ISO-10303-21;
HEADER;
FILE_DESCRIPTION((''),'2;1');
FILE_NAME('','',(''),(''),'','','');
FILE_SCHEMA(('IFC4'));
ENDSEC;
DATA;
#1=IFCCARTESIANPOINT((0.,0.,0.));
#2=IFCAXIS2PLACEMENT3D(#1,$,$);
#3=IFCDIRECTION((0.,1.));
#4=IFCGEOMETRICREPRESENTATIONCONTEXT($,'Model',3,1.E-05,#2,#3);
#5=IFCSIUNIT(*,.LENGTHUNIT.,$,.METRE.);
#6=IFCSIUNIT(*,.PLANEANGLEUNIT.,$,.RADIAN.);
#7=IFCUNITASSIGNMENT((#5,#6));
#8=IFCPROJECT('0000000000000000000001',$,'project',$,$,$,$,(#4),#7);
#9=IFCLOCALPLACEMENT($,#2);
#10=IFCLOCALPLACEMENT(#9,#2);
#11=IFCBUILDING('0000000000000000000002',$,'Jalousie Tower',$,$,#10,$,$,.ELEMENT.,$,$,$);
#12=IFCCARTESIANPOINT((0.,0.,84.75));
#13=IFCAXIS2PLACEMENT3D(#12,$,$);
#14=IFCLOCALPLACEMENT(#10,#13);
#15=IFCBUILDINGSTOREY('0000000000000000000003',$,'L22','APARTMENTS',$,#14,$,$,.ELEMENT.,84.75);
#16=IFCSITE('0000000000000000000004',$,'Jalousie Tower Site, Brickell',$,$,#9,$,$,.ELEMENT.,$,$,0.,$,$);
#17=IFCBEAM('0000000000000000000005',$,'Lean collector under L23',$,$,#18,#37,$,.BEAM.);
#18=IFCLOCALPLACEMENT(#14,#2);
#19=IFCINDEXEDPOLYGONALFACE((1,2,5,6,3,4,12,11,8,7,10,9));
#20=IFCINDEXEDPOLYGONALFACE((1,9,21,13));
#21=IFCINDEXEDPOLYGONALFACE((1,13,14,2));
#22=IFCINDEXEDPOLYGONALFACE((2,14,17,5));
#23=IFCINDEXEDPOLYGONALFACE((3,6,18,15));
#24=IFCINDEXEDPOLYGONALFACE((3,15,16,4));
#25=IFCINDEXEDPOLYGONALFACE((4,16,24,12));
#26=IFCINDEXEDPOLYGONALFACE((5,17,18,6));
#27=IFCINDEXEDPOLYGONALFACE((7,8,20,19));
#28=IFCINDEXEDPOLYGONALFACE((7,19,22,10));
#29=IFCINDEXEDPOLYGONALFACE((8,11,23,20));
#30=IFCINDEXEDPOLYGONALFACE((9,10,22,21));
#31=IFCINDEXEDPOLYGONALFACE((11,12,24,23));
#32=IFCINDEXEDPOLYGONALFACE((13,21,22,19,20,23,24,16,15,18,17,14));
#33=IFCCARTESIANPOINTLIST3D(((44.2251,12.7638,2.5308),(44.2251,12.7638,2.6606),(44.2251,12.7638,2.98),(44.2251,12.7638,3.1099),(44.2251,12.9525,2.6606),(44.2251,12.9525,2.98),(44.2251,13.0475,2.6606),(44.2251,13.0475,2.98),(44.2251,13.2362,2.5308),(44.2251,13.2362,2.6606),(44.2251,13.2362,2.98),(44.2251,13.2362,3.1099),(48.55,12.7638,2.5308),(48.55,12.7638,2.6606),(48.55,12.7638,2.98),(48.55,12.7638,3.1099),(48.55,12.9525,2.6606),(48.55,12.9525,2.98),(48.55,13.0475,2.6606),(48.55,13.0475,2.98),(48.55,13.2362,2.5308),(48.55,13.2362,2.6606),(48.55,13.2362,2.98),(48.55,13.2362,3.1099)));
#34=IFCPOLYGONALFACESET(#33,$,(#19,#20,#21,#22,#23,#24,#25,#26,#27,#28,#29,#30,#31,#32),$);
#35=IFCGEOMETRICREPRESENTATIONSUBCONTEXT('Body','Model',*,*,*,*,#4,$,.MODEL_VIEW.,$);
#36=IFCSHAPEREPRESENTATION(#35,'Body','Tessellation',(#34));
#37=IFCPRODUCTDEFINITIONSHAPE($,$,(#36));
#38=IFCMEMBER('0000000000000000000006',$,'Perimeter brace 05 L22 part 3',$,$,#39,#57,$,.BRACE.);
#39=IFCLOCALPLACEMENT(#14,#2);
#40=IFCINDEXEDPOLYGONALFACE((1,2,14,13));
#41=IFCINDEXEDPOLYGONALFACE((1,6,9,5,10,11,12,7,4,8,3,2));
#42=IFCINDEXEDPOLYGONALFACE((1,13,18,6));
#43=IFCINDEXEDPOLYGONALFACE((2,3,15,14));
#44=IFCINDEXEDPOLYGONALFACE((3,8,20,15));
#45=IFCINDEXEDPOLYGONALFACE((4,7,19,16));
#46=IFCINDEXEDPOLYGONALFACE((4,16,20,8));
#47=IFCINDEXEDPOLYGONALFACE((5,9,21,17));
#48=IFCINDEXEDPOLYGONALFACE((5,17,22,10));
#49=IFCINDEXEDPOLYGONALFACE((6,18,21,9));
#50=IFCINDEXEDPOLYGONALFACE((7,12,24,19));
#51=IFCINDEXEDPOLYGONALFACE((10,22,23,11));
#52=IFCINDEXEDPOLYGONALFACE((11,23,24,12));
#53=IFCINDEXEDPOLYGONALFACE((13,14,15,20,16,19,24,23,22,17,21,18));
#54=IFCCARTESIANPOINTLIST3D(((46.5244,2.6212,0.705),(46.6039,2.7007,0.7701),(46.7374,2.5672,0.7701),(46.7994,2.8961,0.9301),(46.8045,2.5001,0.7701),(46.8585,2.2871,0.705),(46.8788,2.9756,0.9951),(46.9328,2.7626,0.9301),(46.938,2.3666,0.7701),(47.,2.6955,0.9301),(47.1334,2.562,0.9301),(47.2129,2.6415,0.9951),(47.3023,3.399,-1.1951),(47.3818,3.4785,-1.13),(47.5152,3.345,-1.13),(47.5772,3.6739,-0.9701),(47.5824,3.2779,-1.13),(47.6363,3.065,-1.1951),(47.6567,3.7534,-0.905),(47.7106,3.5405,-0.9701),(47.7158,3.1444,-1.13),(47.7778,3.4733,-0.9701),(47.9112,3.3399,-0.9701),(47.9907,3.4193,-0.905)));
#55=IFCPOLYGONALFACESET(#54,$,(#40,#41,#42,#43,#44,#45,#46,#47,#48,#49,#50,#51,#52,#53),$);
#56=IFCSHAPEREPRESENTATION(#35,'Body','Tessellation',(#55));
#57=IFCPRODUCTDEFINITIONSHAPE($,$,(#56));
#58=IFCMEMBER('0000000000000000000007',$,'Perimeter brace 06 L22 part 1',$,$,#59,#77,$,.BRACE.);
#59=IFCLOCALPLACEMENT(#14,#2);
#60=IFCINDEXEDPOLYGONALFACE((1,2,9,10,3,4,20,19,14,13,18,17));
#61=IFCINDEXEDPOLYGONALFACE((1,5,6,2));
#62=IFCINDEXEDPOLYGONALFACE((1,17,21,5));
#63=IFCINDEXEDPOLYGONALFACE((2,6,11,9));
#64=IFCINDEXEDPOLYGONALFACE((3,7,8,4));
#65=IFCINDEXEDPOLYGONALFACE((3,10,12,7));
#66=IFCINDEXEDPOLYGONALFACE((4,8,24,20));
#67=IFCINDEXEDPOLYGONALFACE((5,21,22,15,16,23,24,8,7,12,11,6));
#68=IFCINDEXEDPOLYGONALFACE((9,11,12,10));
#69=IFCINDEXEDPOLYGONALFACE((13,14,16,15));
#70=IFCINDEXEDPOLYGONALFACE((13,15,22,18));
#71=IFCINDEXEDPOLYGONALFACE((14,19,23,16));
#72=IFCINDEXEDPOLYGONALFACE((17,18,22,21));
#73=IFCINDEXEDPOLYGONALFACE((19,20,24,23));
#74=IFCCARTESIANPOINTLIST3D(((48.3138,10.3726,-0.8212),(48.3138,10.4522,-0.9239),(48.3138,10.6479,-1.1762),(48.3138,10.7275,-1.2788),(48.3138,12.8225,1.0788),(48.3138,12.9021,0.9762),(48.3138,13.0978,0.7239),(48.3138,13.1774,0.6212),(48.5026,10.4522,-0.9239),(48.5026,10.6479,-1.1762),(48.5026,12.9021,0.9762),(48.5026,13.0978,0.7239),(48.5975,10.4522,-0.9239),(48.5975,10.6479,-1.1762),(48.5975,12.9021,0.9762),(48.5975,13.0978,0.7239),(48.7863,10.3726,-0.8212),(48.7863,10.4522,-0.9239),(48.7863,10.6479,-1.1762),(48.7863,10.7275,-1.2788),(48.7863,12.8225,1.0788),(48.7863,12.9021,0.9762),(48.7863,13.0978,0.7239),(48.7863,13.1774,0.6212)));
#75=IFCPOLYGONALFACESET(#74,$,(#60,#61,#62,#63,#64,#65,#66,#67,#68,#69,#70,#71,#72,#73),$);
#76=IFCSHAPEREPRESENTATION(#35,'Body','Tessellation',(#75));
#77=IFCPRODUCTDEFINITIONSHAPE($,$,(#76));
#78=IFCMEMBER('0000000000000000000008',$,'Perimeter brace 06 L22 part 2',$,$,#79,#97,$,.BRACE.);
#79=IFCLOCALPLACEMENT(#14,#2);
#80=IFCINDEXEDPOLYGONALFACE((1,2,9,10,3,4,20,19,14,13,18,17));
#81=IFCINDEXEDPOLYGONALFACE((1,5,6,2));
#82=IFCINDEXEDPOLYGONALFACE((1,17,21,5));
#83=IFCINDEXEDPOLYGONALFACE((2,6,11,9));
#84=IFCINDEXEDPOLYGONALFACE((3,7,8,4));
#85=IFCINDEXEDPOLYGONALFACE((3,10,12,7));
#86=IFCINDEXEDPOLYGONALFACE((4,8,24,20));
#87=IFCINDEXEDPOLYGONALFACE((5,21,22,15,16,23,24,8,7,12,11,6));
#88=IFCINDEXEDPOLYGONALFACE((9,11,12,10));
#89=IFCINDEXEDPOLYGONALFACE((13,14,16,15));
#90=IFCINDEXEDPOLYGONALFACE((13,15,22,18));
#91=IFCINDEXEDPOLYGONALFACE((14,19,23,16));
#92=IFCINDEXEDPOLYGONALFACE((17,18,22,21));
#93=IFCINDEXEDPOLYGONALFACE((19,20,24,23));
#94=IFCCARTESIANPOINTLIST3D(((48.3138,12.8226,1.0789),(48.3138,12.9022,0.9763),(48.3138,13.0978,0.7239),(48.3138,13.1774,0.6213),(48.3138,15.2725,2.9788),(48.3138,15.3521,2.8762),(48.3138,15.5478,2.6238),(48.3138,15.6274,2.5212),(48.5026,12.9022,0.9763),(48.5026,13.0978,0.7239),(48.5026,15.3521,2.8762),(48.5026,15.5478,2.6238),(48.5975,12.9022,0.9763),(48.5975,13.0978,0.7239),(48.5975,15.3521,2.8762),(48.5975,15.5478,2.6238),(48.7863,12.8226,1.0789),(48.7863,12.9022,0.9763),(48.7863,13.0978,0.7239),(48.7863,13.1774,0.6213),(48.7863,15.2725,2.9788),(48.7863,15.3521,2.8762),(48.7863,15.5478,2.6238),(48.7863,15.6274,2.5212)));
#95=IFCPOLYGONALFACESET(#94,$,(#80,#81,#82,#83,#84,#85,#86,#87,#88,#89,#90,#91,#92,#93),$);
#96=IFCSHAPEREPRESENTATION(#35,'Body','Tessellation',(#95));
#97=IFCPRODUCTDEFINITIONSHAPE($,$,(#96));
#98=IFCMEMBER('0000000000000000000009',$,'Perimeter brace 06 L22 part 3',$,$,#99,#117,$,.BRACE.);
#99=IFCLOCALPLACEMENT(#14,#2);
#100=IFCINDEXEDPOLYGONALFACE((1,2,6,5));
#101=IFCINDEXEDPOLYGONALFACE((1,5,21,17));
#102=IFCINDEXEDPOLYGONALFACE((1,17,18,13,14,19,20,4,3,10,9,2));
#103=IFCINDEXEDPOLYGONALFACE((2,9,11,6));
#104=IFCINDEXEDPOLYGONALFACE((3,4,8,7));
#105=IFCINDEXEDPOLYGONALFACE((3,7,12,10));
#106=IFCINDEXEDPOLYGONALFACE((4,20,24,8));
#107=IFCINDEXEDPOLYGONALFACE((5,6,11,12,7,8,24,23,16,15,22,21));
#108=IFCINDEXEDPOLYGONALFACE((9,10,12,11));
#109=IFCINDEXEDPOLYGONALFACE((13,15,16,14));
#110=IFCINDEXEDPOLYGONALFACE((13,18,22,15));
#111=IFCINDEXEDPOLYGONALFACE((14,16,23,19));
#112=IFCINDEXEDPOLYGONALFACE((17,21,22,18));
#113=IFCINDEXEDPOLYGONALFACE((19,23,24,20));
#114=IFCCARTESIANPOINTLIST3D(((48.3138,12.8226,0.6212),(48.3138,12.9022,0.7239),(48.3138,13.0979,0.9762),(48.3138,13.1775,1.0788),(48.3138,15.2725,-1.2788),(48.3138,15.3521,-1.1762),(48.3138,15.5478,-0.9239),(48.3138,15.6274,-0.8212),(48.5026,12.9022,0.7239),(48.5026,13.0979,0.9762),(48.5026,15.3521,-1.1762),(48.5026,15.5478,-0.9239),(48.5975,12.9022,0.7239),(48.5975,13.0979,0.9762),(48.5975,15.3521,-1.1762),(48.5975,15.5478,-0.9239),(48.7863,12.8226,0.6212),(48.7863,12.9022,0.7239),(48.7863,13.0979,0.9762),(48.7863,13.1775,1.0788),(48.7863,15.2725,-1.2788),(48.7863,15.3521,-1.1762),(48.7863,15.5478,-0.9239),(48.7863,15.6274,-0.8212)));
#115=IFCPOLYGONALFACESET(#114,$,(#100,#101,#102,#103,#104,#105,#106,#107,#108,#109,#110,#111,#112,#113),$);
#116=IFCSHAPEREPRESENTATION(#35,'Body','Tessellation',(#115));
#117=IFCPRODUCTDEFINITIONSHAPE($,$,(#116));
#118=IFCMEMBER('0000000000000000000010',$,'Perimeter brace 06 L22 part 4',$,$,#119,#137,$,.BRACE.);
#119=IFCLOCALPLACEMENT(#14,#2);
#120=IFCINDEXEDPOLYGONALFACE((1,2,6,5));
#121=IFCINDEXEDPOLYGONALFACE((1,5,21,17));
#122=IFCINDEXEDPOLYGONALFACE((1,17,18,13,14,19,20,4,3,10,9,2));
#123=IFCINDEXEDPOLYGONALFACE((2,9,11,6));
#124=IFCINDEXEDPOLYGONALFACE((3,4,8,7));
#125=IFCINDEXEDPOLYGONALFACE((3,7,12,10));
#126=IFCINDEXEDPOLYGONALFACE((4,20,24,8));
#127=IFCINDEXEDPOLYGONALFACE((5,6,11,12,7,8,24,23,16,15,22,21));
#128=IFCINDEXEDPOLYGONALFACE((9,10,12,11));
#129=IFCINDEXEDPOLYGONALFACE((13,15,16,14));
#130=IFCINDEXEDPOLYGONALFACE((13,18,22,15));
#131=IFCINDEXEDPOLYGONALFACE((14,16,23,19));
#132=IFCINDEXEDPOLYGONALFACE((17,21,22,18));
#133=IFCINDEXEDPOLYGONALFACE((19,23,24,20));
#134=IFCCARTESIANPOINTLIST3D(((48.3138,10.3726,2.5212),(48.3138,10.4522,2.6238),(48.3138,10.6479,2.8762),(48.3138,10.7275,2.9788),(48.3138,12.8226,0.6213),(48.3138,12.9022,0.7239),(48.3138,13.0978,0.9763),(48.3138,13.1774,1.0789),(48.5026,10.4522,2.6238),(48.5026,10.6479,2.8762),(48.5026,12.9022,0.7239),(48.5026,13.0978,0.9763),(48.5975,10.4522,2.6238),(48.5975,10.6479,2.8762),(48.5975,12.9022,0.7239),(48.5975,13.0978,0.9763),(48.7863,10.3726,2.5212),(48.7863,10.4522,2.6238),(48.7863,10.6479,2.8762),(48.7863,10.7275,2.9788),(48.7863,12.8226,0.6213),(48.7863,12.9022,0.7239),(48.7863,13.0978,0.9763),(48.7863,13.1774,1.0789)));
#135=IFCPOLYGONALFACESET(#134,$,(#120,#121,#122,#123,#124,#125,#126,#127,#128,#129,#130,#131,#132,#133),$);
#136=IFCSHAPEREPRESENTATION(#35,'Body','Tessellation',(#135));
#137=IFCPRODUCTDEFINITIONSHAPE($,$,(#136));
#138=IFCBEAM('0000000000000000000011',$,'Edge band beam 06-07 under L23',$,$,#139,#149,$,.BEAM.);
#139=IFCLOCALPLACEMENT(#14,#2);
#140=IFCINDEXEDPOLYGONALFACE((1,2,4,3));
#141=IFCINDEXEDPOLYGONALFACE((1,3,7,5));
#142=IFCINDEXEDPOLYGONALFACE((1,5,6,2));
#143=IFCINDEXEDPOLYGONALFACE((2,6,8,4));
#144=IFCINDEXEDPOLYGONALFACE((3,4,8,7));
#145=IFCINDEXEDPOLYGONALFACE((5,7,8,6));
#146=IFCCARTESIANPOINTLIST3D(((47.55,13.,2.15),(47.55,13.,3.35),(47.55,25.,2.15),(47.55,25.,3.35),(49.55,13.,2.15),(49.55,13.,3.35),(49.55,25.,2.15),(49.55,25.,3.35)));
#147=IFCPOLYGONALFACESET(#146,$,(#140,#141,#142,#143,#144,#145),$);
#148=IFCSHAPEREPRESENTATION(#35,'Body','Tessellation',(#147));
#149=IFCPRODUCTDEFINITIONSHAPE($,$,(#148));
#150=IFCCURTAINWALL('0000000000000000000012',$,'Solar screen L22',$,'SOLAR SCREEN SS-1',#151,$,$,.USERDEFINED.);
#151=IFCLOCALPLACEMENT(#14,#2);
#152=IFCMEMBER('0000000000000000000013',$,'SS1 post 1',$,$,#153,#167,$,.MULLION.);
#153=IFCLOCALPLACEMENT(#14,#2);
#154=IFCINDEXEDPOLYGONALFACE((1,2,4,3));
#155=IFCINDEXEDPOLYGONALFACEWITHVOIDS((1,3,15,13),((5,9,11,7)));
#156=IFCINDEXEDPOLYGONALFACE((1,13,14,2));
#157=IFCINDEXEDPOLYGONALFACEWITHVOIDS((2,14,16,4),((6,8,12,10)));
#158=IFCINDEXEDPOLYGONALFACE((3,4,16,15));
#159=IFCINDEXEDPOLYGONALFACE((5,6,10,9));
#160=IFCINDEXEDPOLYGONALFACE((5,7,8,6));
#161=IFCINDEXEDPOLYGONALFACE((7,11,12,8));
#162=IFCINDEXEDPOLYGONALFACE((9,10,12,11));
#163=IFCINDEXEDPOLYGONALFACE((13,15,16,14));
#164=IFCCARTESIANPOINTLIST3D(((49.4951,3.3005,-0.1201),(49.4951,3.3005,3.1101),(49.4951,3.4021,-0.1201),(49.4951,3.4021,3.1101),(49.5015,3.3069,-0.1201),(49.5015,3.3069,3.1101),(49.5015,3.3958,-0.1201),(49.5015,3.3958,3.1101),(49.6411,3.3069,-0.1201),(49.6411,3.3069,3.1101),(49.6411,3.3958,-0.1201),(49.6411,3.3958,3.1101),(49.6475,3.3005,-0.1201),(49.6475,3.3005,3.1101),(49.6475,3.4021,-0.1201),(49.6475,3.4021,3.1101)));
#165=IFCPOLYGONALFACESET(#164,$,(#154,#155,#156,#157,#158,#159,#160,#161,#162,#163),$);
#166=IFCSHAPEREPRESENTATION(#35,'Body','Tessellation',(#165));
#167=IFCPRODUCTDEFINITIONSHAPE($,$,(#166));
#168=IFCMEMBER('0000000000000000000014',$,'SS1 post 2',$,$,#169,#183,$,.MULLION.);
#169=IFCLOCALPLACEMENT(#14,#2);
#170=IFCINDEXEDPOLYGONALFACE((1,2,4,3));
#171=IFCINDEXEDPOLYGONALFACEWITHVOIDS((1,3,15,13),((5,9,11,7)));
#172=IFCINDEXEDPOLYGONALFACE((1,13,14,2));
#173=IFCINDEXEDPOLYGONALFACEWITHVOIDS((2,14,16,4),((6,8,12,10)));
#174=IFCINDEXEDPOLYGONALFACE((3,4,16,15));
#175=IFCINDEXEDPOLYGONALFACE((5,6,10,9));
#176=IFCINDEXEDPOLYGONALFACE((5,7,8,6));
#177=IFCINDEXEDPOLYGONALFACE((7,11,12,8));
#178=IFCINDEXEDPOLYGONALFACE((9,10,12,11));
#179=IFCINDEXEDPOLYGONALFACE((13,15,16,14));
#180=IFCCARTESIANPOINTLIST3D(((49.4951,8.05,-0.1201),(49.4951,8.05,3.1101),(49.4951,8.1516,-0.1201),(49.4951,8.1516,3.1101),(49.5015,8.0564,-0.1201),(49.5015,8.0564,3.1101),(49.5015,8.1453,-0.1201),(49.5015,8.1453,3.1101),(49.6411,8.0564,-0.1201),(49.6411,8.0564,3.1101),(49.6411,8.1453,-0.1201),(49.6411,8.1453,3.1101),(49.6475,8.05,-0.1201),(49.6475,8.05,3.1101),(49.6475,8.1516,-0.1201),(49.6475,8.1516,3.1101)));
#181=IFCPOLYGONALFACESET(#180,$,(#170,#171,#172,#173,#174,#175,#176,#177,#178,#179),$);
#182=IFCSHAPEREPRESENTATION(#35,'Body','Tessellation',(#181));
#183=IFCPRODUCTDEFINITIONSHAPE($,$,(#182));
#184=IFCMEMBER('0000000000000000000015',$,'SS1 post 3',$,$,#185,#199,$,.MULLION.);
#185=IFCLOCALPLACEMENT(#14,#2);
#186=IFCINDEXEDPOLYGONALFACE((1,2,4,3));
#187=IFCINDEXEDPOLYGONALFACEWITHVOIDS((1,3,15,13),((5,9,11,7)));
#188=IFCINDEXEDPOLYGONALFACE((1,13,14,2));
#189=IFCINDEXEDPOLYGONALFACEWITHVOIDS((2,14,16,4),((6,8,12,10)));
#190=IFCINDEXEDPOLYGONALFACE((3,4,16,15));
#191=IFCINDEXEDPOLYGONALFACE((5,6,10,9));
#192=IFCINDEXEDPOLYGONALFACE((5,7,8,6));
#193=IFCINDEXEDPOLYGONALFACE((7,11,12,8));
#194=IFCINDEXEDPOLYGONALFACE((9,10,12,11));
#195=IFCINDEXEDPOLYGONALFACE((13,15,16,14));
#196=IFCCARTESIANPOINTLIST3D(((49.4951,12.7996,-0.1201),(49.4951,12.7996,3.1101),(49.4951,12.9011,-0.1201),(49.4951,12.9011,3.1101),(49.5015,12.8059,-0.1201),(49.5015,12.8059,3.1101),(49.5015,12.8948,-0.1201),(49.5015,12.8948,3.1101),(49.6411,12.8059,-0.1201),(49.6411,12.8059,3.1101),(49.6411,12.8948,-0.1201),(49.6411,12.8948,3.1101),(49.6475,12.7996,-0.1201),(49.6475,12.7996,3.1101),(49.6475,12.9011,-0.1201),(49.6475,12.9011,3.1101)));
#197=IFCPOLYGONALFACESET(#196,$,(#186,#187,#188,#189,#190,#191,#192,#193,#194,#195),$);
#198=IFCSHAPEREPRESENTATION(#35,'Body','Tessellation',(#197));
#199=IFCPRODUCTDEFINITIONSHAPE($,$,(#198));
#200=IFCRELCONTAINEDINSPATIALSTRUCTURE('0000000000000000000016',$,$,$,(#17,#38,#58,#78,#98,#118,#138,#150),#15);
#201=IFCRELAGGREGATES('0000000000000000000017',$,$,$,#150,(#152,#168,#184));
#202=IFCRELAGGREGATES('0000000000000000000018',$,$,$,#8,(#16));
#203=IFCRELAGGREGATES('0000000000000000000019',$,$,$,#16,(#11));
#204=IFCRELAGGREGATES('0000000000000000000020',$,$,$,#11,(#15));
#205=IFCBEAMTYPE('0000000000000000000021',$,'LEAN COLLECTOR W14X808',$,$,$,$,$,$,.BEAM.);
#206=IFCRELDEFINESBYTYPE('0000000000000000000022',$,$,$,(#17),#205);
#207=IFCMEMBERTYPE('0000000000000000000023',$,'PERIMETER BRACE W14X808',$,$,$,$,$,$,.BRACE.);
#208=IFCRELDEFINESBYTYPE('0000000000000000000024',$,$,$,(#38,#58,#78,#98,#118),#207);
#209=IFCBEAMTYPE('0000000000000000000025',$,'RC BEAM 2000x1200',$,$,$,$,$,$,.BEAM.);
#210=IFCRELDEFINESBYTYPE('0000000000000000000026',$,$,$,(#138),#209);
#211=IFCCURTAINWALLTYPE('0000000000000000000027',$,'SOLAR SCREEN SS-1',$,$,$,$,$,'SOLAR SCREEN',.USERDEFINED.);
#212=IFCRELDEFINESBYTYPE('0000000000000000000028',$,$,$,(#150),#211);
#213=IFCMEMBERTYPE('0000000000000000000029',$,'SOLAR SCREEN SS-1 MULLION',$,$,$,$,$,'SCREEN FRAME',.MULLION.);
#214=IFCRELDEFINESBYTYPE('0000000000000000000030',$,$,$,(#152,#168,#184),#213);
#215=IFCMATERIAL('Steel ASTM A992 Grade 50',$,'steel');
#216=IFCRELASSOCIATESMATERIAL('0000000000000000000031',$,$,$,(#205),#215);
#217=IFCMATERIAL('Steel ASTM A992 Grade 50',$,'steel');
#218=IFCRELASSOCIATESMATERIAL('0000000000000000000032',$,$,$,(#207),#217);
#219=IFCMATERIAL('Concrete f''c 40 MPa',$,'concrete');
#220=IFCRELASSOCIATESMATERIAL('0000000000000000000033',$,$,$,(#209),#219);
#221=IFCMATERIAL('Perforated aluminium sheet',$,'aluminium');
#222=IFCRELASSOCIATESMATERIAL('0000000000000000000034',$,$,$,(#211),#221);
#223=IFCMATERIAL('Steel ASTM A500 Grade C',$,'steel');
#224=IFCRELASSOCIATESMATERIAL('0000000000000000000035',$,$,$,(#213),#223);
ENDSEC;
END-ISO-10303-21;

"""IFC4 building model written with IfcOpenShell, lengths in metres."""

from ifc_helpers import new_model, si_unit, direction, frame, origin, origin_2d, place, context, subcontext, project, spatial, rectangle, hollow_rectangle, i_section, extrude, material, material_profile, profile_set, type_object, element, aggregate, save


model = new_model("IFC4")

# Units and contexts
model_context = context("Model", 3, precision=1e-05, world=origin(), true_north=direction((0.0, 1.0)))
body_context = subcontext(model_context, "Body", "Model", "MODEL_VIEW")
ifc_project = project(units=[si_unit("LENGTHUNIT", "METRE"), si_unit("PLANEANGLEUNIT", "RADIAN")], contexts=[model_context])

# Site, building, storey
site_placement = place(None, origin())
site = spatial("IfcSite", under=ifc_project, at=site_placement, Name="Jalousie Tower Site, Brickell", CompositionType="ELEMENT", RefElevation=0.0)
building_placement = place(site_placement, origin())
building = spatial("IfcBuilding", under=site, at=building_placement, Name="Jalousie Tower", CompositionType="ELEMENT")
storey_placement = place(building_placement, frame((0.0, 0.0, 84.75)))
storey = spatial("IfcBuildingStorey", under=building, at=storey_placement, Name="L22", Description="APARTMENTS", CompositionType="ELEMENT", Elevation=84.75)

# Beam
ifc_material_1 = material(Name="Steel ASTM A992 Grade 50", Category="steel")
ifc_material_profile_1 = material_profile(ifc_material_1, i_section(OverallWidth=0.4724, OverallDepth=0.5791, WebThickness=0.095, FlangeThickness=0.1299, at=origin_2d()), Name="W14X808")
ifc_profile_set_1 = profile_set([ifc_material_profile_1], Name="Steel ASTM A992 Grade 50")
beam_type_1 = type_object("IfcBeamType", Name="LEAN COLLECTOR W14X808", PredefinedType="BEAM", material=ifc_profile_set_1)
beam_1_placement = place(storey_placement, frame((48.55, 13.0, 2.8203), z_axis=(-1.0, 0.0, 0.0), x_axis=(0.0, -1.0, 0.0)))
element("IfcBeam", 1, at=beam_1_placement, inside=storey, type_object=beam_type_1, Name="Lean collector under L23", PredefinedType="BEAM", context=body_context, shape_type="SweptSolid", body=[
    extrude(i_section(OverallWidth=0.4724, OverallDepth=0.5791, WebThickness=0.095, FlangeThickness=0.1299, at=origin_2d()), origin(), (0.0, 0.0, 1.0), 4.325),
])

# Members
ifc_material_2 = material(Name="Steel ASTM A992 Grade 50", Category="steel")
ifc_material_profile_2 = material_profile(ifc_material_2, i_section(OverallWidth=0.4724, OverallDepth=0.5791, WebThickness=0.095, FlangeThickness=0.1299, at=origin_2d()), Name="W14X808")
ifc_profile_set_2 = profile_set([ifc_material_profile_2], Name="Steel ASTM A992 Grade 50")
member_type_1 = type_object("IfcMemberType", Name="PERIMETER BRACE W14X808", PredefinedType="BRACE", material=ifc_profile_set_2)
member_1_placement = place(storey_placement, frame((47.6465, 3.4092, -1.05), z_axis=(-0.354271, -0.354271, 0.865439), x_axis=(0.707107, -0.707107, 0.0)))
element("IfcMember", 2, at=member_1_placement, inside=storey, type_object=member_type_1, Name="Perimeter brace 05 L22 part 3", PredefinedType="BRACE", context=body_context, shape_type="SweptSolid", body=[
    extrude(i_section(OverallWidth=0.4724, OverallDepth=0.5791, WebThickness=0.095, FlangeThickness=0.1299, at=origin_2d()), origin(), (0.0, 0.0, 1.0), 2.1956),
])
for number, where, z_axis, x_axis, name in (
    (3, (48.55, 10.55, -1.05), (0.0, 0.790191, 0.612861), (-1.0, 0.0, 0.0), "Perimeter brace 06 L22 part 1"),
    (4, (48.55, 13.0, 0.8501), (0.0, 0.790229, 0.612811), (-1.0, 0.0, 0.0), "Perimeter brace 06 L22 part 2"),
    (5, (48.55, 15.45, -1.05), (0.0, -0.790191, 0.612861), (1.0, 0.0, 0.0), "Perimeter brace 06 L22 part 3"),
    (6, (48.55, 13.0, 0.8501), (0.0, -0.790229, 0.612811), (1.0, 0.0, 0.0), "Perimeter brace 06 L22 part 4"),
):
    element("IfcMember", number, at=place(storey_placement, frame(where, z_axis=z_axis, x_axis=x_axis)), inside=storey, type_object=member_type_1, Name=name, PredefinedType="BRACE", context=body_context, shape_type="SweptSolid", body=[
        extrude(i_section(OverallWidth=0.4724, OverallDepth=0.5791, WebThickness=0.095, FlangeThickness=0.1299, at=origin_2d()), origin(), (0.0, 0.0, 1.0), 3.1003),
    ])

# Beam
ifc_material_3 = material(Name="Concrete f'c 40 MPa", Category="concrete")
ifc_material_profile_3 = material_profile(ifc_material_3, rectangle(XDim=2.0, YDim=1.2, at=origin_2d()), Name="RC 2000x1200")
ifc_profile_set_3 = profile_set([ifc_material_profile_3], Name="Concrete f'c 40 MPa")
beam_type_2 = type_object("IfcBeamType", Name="RC BEAM 2000x1200", PredefinedType="BEAM", material=ifc_profile_set_3)
beam_2_placement = place(storey_placement, frame((48.55, 13.0, 2.75), z_axis=(0.0, 1.0, 0.0), x_axis=(-1.0, 0.0, 0.0)))
element("IfcBeam", 7, at=beam_2_placement, inside=storey, type_object=beam_type_2, Name="Edge band beam 06-07 under L23", PredefinedType="BEAM", context=body_context, shape_type="SweptSolid", body=[
    extrude(rectangle(XDim=2.0, YDim=1.2, at=origin_2d()), origin(), (0.0, 0.0, 1.0), 12.0),
])

# Curtain wall, members
ifc_material_4 = material(Name="Perforated aluminium sheet", Category="aluminium")
curtain_wall_type = type_object("IfcCurtainWallType", Name="SOLAR SCREEN SS-1", ElementType="SOLAR SCREEN", PredefinedType="USERDEFINED", material=ifc_material_4)
curtain_wall_placement = place(storey_placement, origin())
curtain_wall = element("IfcCurtainWall", 8, at=curtain_wall_placement, inside=storey, type_object=curtain_wall_type, Name="Solar screen L22", ObjectType="SOLAR SCREEN SS-1", PredefinedType="USERDEFINED")
ifc_material_5 = material(Name="Steel ASTM A500 Grade C", Category="steel")
ifc_material_profile_4 = material_profile(ifc_material_5, hollow_rectangle(XDim=0.1016, YDim=0.1523, WallThickness=0.0063, at=origin_2d()), Name="HSS6X4X1/4")
ifc_profile_set_4 = profile_set([ifc_material_profile_4], Name="Steel ASTM A500 Grade C")
member_type_2 = type_object("IfcMemberType", Name="SOLAR SCREEN SS-1 MULLION", ElementType="SCREEN FRAME", PredefinedType="MULLION", material=ifc_profile_set_4)
member_2_placement = place(storey_placement, frame((49.5713, 3.3513, -0.1201), z_axis=(0.0, 0.0, 1.0), x_axis=(0.0, 1.0, 0.0)))
member_2 = element("IfcMember", 9, at=member_2_placement, type_object=member_type_2, Name="SS1 post 1", PredefinedType="MULLION", context=body_context, shape_type="SweptSolid", body=[
    extrude(hollow_rectangle(XDim=0.1016, YDim=0.1523, WallThickness=0.0063, at=origin_2d()), origin(), (0.0, 0.0, 1.0), 3.2302),
])
member_3_placement = place(storey_placement, frame((49.5713, 8.1008, -0.1201), z_axis=(0.0, 0.0, 1.0), x_axis=(0.0, 1.0, 0.0)))
member_3 = element("IfcMember", 10, at=member_3_placement, type_object=member_type_2, Name="SS1 post 2", PredefinedType="MULLION", context=body_context, shape_type="SweptSolid", body=[
    extrude(hollow_rectangle(XDim=0.1016, YDim=0.1523, WallThickness=0.0063, at=origin_2d()), origin(), (0.0, 0.0, 1.0), 3.2302),
])
member_4_placement = place(storey_placement, frame((49.5713, 12.8503, -0.1201), z_axis=(0.0, 0.0, 1.0), x_axis=(0.0, 1.0, 0.0)))
member_4 = element("IfcMember", 11, at=member_4_placement, type_object=member_type_2, Name="SS1 post 3", PredefinedType="MULLION", context=body_context, shape_type="SweptSolid", body=[
    extrude(hollow_rectangle(XDim=0.1016, YDim=0.1523, WallThickness=0.0063, at=origin_2d()), origin(), (0.0, 0.0, 1.0), 3.2302),
])
aggregate(curtain_wall, [member_2, member_3, member_4])

save(model, "model.ifc")
